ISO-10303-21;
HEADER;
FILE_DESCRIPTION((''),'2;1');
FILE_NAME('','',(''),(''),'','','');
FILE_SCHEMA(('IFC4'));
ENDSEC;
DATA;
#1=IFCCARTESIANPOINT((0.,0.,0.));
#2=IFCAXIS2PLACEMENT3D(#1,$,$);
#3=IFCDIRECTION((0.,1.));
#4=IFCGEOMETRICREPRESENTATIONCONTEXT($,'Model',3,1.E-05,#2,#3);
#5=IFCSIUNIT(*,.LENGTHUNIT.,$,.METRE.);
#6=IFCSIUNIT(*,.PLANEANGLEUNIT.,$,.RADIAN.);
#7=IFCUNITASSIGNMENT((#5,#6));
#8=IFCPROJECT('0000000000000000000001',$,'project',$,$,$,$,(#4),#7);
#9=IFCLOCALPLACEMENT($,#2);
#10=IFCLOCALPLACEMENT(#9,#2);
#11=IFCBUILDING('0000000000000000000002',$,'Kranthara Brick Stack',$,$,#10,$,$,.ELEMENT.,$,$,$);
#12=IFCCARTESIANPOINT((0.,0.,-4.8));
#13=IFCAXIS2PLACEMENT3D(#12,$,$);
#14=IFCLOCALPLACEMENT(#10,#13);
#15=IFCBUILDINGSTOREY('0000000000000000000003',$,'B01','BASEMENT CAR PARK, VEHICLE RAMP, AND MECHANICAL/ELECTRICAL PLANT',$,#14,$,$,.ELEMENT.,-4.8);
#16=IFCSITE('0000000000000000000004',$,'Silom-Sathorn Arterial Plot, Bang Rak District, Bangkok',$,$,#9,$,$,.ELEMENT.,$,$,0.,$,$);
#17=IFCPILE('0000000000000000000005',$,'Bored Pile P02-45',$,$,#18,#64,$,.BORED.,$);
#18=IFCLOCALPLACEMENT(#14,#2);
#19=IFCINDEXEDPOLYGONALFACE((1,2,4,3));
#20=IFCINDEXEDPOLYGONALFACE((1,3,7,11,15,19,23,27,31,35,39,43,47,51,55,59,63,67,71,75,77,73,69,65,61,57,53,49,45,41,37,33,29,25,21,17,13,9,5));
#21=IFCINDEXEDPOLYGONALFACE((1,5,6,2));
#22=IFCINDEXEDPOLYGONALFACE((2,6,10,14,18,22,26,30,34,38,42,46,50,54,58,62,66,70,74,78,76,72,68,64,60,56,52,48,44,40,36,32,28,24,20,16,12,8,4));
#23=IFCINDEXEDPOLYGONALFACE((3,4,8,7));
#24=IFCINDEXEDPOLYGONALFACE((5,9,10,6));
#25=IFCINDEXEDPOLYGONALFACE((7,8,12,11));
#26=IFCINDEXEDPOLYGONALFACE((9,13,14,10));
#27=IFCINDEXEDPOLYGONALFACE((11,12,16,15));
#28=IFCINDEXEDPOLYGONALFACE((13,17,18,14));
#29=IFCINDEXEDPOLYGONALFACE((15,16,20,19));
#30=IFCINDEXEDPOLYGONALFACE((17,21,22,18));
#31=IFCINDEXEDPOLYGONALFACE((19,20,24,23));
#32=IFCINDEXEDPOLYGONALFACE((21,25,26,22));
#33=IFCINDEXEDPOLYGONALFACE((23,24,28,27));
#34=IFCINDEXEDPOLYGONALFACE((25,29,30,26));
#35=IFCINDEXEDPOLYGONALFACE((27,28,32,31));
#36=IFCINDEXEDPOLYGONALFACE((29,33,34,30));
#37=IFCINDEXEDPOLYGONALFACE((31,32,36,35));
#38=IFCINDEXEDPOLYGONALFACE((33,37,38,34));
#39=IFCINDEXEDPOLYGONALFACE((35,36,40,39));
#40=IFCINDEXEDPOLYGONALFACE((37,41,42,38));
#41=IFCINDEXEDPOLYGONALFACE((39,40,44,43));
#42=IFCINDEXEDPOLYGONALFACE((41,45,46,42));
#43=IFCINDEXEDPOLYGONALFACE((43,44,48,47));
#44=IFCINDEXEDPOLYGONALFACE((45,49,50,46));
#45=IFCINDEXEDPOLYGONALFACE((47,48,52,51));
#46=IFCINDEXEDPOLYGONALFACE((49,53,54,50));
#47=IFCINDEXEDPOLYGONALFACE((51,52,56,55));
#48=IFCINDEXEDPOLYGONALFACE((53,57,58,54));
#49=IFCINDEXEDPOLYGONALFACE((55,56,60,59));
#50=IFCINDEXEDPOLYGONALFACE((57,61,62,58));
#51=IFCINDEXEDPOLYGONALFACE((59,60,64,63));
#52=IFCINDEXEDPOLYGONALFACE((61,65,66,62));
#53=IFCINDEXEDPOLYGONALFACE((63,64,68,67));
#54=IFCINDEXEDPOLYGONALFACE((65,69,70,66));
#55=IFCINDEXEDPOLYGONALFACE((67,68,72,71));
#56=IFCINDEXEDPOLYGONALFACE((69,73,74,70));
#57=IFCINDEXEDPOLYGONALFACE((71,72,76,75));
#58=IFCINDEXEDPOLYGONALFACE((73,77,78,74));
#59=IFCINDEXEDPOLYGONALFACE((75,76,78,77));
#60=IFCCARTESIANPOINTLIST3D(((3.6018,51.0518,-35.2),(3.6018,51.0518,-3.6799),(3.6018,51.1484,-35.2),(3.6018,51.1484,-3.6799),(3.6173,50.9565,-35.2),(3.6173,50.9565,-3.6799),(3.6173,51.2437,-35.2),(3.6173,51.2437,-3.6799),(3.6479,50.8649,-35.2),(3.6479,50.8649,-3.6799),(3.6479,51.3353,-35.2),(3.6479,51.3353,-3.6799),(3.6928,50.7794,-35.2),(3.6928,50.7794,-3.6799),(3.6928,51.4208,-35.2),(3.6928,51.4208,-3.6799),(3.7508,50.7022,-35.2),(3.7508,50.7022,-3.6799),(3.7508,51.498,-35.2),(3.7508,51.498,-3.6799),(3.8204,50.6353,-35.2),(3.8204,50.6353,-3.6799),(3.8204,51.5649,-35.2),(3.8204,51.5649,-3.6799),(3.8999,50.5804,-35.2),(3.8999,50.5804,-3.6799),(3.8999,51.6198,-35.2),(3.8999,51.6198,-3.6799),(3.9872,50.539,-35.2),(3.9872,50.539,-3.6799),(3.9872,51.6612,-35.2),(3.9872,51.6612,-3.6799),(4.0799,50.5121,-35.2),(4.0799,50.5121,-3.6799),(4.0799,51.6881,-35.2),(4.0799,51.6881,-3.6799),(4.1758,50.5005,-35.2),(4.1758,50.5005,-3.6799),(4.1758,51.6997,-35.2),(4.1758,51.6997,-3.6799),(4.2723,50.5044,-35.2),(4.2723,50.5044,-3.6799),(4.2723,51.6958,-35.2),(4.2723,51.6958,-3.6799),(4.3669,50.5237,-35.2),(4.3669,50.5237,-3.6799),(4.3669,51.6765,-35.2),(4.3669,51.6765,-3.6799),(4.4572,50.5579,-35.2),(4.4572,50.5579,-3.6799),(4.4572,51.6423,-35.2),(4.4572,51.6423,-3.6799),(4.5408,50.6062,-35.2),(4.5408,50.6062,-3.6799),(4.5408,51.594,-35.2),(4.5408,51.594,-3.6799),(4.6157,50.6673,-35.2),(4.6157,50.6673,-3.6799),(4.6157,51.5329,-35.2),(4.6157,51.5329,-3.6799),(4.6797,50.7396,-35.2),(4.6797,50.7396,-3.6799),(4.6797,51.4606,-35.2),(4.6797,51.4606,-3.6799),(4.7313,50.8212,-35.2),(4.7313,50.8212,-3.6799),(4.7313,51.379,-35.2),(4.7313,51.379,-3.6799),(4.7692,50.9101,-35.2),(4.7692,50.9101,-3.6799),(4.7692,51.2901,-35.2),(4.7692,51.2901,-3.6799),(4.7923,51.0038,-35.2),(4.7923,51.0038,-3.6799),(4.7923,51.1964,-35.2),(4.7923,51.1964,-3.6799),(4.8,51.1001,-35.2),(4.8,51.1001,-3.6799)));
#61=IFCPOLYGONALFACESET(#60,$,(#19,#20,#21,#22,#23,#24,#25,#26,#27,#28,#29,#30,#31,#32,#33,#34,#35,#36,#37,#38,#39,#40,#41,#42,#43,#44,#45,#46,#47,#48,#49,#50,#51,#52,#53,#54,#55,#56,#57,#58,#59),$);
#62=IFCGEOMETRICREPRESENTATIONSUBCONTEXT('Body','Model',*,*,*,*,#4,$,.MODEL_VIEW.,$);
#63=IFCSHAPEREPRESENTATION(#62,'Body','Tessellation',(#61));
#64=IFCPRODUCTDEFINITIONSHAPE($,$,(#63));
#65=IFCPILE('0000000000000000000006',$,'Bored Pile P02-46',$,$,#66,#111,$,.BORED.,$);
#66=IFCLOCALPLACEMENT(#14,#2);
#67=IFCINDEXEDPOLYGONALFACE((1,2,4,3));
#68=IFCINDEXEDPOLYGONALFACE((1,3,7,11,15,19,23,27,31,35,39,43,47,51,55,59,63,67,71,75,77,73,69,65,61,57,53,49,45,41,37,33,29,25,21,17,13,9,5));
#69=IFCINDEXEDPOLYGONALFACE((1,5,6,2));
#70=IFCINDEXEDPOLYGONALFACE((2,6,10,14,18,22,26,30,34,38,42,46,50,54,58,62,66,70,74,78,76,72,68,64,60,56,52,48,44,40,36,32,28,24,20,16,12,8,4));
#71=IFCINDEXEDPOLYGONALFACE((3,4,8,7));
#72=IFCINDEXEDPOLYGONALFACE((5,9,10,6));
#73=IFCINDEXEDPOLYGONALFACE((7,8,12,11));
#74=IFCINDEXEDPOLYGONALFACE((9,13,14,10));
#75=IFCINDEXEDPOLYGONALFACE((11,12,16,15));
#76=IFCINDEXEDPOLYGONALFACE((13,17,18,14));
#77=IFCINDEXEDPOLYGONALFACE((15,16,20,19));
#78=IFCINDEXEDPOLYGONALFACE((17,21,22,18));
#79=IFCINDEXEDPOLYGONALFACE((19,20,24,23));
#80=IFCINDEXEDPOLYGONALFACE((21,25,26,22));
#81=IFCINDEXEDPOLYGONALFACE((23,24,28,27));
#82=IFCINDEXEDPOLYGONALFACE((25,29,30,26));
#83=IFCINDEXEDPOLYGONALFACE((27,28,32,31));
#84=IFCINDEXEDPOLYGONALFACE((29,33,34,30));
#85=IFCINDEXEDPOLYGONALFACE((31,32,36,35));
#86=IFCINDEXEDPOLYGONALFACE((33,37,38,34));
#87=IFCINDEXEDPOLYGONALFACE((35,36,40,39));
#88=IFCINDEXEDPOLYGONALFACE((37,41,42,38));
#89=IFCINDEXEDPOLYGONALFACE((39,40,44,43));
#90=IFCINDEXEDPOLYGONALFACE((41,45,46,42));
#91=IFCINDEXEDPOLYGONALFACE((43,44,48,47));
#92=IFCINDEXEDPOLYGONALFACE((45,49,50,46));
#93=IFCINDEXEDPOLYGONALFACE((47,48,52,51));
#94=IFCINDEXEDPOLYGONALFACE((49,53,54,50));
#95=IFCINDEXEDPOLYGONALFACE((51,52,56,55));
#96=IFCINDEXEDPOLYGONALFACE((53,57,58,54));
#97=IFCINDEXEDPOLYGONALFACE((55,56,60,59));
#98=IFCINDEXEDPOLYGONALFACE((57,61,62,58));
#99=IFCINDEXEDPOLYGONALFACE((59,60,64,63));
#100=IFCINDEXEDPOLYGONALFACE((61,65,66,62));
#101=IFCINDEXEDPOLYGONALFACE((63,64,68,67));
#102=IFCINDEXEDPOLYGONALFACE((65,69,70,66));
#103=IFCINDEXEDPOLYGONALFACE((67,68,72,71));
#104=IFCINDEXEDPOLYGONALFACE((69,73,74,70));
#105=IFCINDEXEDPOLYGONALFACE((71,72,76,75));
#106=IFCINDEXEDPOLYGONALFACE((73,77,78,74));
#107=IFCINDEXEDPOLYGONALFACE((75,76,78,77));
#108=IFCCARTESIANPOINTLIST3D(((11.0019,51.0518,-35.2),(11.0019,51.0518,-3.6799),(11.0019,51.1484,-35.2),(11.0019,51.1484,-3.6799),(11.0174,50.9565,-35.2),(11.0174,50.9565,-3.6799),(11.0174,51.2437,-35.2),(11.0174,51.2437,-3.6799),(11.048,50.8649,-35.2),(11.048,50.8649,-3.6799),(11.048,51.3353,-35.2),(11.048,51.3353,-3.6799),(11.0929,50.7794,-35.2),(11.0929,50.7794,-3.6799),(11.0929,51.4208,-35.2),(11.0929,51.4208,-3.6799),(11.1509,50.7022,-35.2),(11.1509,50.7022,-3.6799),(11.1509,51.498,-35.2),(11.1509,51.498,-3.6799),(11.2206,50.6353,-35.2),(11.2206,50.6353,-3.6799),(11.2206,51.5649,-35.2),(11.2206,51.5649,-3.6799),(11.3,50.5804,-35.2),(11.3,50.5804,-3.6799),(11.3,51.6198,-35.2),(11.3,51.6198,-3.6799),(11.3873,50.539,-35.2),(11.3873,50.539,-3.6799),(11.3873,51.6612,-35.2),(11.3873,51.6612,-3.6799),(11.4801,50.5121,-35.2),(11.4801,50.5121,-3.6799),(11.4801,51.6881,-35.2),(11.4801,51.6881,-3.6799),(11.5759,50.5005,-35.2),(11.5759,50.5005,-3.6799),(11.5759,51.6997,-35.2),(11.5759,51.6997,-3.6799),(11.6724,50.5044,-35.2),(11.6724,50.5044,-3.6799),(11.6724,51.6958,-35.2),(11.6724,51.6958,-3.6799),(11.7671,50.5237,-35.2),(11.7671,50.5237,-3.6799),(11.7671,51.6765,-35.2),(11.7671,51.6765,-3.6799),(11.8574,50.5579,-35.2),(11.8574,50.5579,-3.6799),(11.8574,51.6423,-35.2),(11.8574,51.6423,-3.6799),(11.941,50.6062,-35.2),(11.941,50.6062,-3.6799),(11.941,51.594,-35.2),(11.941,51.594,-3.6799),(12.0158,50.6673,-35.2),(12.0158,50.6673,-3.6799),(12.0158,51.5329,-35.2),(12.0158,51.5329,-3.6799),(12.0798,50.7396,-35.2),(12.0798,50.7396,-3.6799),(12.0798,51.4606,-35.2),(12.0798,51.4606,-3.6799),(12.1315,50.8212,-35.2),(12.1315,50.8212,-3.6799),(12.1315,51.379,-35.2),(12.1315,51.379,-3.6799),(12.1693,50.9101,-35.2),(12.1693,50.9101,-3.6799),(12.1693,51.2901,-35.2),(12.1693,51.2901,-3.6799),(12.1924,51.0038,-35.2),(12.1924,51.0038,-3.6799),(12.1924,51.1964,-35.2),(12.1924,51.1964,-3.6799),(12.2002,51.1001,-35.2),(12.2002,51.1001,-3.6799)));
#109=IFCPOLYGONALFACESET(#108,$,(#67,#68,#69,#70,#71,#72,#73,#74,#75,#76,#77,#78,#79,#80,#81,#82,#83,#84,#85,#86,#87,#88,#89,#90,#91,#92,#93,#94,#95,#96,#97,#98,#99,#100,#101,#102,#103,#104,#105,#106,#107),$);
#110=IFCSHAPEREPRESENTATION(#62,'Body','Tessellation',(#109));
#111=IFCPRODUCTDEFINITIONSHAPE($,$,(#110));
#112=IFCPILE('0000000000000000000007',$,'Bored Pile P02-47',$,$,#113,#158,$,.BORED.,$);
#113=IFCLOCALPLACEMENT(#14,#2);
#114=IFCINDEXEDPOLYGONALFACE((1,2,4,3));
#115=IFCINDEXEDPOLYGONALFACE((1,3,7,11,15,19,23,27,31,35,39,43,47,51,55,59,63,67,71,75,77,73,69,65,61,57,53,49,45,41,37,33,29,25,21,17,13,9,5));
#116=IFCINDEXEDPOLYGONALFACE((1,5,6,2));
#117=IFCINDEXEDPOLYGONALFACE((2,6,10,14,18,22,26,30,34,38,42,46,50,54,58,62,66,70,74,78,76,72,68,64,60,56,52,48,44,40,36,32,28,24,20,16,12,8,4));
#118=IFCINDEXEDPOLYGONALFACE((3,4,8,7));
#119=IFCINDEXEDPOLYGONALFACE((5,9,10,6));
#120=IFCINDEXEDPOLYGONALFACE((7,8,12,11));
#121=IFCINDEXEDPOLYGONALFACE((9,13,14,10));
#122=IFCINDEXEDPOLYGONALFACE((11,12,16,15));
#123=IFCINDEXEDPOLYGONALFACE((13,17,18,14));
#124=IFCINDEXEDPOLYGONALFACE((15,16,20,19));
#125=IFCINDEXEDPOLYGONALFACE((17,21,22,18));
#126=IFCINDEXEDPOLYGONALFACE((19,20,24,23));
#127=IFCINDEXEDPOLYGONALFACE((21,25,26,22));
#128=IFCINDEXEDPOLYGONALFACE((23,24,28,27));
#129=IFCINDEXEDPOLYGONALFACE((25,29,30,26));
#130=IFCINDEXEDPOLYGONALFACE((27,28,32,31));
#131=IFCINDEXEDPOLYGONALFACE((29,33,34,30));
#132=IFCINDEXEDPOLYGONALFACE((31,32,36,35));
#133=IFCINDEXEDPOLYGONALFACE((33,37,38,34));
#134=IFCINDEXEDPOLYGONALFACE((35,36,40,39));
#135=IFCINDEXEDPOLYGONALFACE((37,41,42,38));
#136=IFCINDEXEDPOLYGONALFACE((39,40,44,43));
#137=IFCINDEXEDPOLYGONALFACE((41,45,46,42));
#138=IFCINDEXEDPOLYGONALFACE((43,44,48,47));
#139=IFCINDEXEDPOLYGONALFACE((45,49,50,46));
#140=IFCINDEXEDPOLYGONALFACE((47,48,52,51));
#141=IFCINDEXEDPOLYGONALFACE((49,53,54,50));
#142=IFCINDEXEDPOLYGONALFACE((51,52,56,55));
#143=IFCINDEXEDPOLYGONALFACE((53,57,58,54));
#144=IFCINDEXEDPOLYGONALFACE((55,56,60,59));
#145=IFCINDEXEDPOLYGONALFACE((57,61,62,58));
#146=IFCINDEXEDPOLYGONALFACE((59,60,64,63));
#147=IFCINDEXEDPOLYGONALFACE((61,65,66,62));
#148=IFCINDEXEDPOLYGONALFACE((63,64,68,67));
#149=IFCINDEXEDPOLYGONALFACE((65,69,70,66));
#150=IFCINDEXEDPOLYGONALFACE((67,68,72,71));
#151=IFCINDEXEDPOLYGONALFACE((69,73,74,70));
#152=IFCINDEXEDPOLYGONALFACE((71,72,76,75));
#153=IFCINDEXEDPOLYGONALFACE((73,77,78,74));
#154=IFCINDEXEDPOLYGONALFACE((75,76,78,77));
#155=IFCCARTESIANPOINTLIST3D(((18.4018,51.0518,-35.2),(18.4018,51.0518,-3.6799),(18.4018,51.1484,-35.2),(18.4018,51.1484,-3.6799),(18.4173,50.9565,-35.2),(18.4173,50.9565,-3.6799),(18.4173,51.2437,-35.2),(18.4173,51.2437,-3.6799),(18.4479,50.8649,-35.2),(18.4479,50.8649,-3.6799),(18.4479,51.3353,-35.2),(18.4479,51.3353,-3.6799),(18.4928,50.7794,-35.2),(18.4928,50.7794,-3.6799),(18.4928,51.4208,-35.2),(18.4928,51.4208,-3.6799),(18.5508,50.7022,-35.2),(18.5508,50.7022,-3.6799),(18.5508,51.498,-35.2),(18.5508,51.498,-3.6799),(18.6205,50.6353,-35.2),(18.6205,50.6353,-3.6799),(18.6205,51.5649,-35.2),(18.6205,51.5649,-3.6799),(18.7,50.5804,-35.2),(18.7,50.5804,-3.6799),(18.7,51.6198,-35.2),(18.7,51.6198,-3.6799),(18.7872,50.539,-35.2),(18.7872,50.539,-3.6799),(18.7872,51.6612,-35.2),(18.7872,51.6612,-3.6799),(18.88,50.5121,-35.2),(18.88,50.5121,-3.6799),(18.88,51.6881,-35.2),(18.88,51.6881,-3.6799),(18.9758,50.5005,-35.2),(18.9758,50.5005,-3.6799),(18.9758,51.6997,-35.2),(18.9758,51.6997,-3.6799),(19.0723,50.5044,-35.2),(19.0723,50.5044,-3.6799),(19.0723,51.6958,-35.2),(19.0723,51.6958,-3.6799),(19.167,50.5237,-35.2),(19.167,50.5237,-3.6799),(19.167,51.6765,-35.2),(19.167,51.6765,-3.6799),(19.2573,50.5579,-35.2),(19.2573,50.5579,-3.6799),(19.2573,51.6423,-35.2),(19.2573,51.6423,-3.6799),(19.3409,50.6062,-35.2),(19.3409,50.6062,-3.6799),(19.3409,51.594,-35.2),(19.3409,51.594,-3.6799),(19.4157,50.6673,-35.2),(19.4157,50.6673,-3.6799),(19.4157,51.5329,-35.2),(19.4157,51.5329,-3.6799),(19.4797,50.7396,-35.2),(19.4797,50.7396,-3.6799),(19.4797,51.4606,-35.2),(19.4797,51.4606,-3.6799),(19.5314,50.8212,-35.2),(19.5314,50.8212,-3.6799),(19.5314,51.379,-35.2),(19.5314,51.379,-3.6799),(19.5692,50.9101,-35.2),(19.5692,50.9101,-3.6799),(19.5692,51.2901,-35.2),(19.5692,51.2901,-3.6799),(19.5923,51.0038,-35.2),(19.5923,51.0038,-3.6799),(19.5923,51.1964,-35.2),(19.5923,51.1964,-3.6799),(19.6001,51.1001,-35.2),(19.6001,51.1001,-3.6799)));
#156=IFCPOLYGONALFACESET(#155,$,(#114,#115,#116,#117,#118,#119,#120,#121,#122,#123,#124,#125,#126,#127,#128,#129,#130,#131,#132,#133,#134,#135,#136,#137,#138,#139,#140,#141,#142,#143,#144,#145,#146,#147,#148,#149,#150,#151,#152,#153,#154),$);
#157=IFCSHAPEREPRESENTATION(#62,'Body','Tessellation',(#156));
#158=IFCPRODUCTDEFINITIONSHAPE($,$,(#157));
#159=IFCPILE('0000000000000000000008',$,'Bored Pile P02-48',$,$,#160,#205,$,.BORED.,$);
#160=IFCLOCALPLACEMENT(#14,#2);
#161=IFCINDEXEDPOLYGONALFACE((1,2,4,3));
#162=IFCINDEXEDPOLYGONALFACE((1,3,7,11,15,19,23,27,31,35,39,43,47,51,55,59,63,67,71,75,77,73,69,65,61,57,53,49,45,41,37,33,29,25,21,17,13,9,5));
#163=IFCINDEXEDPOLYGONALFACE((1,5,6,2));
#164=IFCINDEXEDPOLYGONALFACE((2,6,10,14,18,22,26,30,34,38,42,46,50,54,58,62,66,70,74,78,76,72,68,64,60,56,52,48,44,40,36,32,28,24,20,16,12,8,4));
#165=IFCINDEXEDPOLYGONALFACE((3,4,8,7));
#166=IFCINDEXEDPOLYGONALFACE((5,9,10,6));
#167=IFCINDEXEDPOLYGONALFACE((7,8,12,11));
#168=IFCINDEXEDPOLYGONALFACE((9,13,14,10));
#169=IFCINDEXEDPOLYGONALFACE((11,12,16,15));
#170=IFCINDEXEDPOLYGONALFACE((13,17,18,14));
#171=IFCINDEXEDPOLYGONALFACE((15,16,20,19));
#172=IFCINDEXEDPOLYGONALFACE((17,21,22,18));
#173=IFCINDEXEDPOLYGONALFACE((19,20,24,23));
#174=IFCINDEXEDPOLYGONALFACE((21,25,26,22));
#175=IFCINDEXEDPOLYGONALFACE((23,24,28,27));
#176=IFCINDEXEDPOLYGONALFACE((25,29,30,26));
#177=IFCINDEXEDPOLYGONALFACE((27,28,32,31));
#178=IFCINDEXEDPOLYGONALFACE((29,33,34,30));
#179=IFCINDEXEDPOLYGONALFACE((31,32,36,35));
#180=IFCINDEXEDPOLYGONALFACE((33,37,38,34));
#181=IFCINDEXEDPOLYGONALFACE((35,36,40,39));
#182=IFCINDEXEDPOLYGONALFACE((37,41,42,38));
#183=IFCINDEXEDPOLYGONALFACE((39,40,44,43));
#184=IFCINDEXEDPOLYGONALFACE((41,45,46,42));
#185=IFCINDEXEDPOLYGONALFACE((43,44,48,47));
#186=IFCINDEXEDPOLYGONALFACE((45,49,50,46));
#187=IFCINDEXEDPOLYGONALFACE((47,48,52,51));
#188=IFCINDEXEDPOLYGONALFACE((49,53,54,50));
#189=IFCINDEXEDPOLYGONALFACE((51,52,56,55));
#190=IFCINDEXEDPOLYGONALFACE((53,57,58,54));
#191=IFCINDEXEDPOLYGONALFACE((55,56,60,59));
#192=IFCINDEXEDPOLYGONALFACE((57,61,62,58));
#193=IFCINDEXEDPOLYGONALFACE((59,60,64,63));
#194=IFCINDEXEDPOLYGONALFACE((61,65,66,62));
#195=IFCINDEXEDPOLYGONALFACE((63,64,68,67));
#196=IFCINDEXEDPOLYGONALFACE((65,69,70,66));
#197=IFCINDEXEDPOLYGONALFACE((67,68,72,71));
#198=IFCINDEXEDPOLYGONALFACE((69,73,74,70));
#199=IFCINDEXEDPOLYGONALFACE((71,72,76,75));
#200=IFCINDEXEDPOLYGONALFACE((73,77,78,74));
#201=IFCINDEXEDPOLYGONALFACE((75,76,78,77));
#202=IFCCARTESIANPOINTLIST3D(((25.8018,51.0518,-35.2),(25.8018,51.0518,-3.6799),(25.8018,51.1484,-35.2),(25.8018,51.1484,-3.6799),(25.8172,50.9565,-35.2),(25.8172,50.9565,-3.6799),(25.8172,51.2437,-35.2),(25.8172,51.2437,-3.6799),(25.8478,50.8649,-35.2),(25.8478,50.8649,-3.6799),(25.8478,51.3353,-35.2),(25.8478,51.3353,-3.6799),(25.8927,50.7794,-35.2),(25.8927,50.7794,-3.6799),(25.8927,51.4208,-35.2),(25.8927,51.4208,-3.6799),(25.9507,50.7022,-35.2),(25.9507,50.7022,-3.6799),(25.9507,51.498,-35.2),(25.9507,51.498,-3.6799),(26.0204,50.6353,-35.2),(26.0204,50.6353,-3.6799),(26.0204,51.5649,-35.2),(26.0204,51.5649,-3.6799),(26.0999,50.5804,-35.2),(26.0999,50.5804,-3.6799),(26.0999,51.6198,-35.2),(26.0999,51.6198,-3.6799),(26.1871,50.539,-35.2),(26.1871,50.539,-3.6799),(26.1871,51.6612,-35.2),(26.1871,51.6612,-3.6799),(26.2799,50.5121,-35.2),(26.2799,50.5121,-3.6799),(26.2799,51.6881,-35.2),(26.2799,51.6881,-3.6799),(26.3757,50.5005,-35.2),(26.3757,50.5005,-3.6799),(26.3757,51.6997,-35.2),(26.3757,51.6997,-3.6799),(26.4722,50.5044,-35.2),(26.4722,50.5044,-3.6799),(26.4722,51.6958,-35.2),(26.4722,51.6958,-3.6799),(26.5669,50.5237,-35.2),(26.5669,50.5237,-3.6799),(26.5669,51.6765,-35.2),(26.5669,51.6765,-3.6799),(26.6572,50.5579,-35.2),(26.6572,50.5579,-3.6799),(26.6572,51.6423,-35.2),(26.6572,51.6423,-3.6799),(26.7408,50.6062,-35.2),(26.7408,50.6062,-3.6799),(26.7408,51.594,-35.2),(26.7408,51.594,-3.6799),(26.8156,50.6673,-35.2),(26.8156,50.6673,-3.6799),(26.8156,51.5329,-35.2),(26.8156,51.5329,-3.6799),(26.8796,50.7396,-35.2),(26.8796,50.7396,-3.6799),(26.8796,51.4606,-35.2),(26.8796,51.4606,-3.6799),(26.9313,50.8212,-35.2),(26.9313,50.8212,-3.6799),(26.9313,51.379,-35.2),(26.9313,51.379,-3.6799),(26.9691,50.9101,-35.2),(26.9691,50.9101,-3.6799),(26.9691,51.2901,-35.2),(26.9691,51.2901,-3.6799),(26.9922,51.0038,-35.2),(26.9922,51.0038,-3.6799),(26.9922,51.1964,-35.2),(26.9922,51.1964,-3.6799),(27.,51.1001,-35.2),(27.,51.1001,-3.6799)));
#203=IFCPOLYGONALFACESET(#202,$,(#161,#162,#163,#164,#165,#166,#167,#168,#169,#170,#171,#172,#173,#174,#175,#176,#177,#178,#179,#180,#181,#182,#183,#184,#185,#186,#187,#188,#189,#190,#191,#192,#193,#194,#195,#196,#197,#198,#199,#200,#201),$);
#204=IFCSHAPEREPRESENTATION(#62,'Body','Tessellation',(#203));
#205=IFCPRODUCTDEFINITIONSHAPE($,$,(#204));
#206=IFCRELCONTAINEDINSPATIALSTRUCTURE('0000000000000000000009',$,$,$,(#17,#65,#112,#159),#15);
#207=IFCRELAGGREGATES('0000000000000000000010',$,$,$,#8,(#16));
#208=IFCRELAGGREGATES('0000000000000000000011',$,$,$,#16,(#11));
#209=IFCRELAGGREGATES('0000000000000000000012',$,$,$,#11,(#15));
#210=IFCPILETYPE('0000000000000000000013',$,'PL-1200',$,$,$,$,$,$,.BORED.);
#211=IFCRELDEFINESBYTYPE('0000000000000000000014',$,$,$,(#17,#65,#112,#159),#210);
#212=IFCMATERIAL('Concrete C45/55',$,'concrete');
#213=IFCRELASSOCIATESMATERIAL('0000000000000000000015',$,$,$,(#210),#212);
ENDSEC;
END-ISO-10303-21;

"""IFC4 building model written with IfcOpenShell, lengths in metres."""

from ifc_helpers import new_model, si_unit, direction, frame, origin, origin_2d, place, context, subcontext, project, spatial, circle, extrude, material, material_profile, profile_set, type_object, element, save


model = new_model("IFC4")

# Units and contexts
model_context = context("Model", 3, precision=1e-05, world=origin(), true_north=direction((0.0, 1.0)))
body_context = subcontext(model_context, "Body", "Model", "MODEL_VIEW")
ifc_project = project(units=[si_unit("LENGTHUNIT", "METRE"), si_unit("PLANEANGLEUNIT", "RADIAN")], contexts=[model_context])

# Site, building, storey
site_placement = place(None, origin())
site = spatial("IfcSite", under=ifc_project, at=site_placement, Name="Silom-Sathorn Arterial Plot, Bang Rak District, Bangkok", CompositionType="ELEMENT", RefElevation=0.0)
building_placement = place(site_placement, origin())
building = spatial("IfcBuilding", under=site, at=building_placement, Name="Kranthara Brick Stack", CompositionType="ELEMENT")
storey_placement = place(building_placement, frame((0.0, 0.0, -4.8)))
storey = spatial("IfcBuildingStorey", under=building, at=storey_placement, Name="B01", Description="BASEMENT CAR PARK, VEHICLE RAMP, AND MECHANICAL/ELECTRICAL PLANT", CompositionType="ELEMENT", Elevation=-4.8)

# Piles
ifc_material_1 = material(Name="Concrete C45/55", Category="concrete")
ifc_material_profile_1 = material_profile(ifc_material_1, circle(Radius=0.6001, at=origin_2d()), Name="BORED PILE 1200")
ifc_profile_set_1 = profile_set([ifc_material_profile_1], Name="Concrete C45/55")
pile_type_1 = type_object("IfcPileType", Name="PL-1200", PredefinedType="BORED", material=ifc_profile_set_1)
for number, where, z_axis, x_axis, name in (
    (1, (4.2, 51.1001, -3.6799), (0.0, 0.0, -1.0), (1.0, 0.0, 0.0), "Bored Pile P02-45"),
    (2, (11.6001, 51.1001, -3.6799), (0.0, 0.0, -1.0), (1.0, 0.0, 0.0), "Bored Pile P02-46"),
    (3, (19.0, 51.1001, -3.6799), (0.0, 0.0, -1.0), (1.0, 0.0, 0.0), "Bored Pile P02-47"),
    (4, (26.3999, 51.1001, -3.6799), (0.0, 0.0, -1.0), (1.0, 0.0, 0.0), "Bored Pile P02-48"),
):
    element("IfcPile", number, at=place(storey_placement, frame(where, z_axis=z_axis, x_axis=x_axis)), inside=storey, type_object=pile_type_1, Name=name, PredefinedType="BORED", context=body_context, shape_type="SweptSolid", body=[
        extrude(circle(Radius=0.6001, at=origin_2d()), origin(), (0.0, 0.0, 1.0), 31.52),
    ])

save(model, "model.ifc")
